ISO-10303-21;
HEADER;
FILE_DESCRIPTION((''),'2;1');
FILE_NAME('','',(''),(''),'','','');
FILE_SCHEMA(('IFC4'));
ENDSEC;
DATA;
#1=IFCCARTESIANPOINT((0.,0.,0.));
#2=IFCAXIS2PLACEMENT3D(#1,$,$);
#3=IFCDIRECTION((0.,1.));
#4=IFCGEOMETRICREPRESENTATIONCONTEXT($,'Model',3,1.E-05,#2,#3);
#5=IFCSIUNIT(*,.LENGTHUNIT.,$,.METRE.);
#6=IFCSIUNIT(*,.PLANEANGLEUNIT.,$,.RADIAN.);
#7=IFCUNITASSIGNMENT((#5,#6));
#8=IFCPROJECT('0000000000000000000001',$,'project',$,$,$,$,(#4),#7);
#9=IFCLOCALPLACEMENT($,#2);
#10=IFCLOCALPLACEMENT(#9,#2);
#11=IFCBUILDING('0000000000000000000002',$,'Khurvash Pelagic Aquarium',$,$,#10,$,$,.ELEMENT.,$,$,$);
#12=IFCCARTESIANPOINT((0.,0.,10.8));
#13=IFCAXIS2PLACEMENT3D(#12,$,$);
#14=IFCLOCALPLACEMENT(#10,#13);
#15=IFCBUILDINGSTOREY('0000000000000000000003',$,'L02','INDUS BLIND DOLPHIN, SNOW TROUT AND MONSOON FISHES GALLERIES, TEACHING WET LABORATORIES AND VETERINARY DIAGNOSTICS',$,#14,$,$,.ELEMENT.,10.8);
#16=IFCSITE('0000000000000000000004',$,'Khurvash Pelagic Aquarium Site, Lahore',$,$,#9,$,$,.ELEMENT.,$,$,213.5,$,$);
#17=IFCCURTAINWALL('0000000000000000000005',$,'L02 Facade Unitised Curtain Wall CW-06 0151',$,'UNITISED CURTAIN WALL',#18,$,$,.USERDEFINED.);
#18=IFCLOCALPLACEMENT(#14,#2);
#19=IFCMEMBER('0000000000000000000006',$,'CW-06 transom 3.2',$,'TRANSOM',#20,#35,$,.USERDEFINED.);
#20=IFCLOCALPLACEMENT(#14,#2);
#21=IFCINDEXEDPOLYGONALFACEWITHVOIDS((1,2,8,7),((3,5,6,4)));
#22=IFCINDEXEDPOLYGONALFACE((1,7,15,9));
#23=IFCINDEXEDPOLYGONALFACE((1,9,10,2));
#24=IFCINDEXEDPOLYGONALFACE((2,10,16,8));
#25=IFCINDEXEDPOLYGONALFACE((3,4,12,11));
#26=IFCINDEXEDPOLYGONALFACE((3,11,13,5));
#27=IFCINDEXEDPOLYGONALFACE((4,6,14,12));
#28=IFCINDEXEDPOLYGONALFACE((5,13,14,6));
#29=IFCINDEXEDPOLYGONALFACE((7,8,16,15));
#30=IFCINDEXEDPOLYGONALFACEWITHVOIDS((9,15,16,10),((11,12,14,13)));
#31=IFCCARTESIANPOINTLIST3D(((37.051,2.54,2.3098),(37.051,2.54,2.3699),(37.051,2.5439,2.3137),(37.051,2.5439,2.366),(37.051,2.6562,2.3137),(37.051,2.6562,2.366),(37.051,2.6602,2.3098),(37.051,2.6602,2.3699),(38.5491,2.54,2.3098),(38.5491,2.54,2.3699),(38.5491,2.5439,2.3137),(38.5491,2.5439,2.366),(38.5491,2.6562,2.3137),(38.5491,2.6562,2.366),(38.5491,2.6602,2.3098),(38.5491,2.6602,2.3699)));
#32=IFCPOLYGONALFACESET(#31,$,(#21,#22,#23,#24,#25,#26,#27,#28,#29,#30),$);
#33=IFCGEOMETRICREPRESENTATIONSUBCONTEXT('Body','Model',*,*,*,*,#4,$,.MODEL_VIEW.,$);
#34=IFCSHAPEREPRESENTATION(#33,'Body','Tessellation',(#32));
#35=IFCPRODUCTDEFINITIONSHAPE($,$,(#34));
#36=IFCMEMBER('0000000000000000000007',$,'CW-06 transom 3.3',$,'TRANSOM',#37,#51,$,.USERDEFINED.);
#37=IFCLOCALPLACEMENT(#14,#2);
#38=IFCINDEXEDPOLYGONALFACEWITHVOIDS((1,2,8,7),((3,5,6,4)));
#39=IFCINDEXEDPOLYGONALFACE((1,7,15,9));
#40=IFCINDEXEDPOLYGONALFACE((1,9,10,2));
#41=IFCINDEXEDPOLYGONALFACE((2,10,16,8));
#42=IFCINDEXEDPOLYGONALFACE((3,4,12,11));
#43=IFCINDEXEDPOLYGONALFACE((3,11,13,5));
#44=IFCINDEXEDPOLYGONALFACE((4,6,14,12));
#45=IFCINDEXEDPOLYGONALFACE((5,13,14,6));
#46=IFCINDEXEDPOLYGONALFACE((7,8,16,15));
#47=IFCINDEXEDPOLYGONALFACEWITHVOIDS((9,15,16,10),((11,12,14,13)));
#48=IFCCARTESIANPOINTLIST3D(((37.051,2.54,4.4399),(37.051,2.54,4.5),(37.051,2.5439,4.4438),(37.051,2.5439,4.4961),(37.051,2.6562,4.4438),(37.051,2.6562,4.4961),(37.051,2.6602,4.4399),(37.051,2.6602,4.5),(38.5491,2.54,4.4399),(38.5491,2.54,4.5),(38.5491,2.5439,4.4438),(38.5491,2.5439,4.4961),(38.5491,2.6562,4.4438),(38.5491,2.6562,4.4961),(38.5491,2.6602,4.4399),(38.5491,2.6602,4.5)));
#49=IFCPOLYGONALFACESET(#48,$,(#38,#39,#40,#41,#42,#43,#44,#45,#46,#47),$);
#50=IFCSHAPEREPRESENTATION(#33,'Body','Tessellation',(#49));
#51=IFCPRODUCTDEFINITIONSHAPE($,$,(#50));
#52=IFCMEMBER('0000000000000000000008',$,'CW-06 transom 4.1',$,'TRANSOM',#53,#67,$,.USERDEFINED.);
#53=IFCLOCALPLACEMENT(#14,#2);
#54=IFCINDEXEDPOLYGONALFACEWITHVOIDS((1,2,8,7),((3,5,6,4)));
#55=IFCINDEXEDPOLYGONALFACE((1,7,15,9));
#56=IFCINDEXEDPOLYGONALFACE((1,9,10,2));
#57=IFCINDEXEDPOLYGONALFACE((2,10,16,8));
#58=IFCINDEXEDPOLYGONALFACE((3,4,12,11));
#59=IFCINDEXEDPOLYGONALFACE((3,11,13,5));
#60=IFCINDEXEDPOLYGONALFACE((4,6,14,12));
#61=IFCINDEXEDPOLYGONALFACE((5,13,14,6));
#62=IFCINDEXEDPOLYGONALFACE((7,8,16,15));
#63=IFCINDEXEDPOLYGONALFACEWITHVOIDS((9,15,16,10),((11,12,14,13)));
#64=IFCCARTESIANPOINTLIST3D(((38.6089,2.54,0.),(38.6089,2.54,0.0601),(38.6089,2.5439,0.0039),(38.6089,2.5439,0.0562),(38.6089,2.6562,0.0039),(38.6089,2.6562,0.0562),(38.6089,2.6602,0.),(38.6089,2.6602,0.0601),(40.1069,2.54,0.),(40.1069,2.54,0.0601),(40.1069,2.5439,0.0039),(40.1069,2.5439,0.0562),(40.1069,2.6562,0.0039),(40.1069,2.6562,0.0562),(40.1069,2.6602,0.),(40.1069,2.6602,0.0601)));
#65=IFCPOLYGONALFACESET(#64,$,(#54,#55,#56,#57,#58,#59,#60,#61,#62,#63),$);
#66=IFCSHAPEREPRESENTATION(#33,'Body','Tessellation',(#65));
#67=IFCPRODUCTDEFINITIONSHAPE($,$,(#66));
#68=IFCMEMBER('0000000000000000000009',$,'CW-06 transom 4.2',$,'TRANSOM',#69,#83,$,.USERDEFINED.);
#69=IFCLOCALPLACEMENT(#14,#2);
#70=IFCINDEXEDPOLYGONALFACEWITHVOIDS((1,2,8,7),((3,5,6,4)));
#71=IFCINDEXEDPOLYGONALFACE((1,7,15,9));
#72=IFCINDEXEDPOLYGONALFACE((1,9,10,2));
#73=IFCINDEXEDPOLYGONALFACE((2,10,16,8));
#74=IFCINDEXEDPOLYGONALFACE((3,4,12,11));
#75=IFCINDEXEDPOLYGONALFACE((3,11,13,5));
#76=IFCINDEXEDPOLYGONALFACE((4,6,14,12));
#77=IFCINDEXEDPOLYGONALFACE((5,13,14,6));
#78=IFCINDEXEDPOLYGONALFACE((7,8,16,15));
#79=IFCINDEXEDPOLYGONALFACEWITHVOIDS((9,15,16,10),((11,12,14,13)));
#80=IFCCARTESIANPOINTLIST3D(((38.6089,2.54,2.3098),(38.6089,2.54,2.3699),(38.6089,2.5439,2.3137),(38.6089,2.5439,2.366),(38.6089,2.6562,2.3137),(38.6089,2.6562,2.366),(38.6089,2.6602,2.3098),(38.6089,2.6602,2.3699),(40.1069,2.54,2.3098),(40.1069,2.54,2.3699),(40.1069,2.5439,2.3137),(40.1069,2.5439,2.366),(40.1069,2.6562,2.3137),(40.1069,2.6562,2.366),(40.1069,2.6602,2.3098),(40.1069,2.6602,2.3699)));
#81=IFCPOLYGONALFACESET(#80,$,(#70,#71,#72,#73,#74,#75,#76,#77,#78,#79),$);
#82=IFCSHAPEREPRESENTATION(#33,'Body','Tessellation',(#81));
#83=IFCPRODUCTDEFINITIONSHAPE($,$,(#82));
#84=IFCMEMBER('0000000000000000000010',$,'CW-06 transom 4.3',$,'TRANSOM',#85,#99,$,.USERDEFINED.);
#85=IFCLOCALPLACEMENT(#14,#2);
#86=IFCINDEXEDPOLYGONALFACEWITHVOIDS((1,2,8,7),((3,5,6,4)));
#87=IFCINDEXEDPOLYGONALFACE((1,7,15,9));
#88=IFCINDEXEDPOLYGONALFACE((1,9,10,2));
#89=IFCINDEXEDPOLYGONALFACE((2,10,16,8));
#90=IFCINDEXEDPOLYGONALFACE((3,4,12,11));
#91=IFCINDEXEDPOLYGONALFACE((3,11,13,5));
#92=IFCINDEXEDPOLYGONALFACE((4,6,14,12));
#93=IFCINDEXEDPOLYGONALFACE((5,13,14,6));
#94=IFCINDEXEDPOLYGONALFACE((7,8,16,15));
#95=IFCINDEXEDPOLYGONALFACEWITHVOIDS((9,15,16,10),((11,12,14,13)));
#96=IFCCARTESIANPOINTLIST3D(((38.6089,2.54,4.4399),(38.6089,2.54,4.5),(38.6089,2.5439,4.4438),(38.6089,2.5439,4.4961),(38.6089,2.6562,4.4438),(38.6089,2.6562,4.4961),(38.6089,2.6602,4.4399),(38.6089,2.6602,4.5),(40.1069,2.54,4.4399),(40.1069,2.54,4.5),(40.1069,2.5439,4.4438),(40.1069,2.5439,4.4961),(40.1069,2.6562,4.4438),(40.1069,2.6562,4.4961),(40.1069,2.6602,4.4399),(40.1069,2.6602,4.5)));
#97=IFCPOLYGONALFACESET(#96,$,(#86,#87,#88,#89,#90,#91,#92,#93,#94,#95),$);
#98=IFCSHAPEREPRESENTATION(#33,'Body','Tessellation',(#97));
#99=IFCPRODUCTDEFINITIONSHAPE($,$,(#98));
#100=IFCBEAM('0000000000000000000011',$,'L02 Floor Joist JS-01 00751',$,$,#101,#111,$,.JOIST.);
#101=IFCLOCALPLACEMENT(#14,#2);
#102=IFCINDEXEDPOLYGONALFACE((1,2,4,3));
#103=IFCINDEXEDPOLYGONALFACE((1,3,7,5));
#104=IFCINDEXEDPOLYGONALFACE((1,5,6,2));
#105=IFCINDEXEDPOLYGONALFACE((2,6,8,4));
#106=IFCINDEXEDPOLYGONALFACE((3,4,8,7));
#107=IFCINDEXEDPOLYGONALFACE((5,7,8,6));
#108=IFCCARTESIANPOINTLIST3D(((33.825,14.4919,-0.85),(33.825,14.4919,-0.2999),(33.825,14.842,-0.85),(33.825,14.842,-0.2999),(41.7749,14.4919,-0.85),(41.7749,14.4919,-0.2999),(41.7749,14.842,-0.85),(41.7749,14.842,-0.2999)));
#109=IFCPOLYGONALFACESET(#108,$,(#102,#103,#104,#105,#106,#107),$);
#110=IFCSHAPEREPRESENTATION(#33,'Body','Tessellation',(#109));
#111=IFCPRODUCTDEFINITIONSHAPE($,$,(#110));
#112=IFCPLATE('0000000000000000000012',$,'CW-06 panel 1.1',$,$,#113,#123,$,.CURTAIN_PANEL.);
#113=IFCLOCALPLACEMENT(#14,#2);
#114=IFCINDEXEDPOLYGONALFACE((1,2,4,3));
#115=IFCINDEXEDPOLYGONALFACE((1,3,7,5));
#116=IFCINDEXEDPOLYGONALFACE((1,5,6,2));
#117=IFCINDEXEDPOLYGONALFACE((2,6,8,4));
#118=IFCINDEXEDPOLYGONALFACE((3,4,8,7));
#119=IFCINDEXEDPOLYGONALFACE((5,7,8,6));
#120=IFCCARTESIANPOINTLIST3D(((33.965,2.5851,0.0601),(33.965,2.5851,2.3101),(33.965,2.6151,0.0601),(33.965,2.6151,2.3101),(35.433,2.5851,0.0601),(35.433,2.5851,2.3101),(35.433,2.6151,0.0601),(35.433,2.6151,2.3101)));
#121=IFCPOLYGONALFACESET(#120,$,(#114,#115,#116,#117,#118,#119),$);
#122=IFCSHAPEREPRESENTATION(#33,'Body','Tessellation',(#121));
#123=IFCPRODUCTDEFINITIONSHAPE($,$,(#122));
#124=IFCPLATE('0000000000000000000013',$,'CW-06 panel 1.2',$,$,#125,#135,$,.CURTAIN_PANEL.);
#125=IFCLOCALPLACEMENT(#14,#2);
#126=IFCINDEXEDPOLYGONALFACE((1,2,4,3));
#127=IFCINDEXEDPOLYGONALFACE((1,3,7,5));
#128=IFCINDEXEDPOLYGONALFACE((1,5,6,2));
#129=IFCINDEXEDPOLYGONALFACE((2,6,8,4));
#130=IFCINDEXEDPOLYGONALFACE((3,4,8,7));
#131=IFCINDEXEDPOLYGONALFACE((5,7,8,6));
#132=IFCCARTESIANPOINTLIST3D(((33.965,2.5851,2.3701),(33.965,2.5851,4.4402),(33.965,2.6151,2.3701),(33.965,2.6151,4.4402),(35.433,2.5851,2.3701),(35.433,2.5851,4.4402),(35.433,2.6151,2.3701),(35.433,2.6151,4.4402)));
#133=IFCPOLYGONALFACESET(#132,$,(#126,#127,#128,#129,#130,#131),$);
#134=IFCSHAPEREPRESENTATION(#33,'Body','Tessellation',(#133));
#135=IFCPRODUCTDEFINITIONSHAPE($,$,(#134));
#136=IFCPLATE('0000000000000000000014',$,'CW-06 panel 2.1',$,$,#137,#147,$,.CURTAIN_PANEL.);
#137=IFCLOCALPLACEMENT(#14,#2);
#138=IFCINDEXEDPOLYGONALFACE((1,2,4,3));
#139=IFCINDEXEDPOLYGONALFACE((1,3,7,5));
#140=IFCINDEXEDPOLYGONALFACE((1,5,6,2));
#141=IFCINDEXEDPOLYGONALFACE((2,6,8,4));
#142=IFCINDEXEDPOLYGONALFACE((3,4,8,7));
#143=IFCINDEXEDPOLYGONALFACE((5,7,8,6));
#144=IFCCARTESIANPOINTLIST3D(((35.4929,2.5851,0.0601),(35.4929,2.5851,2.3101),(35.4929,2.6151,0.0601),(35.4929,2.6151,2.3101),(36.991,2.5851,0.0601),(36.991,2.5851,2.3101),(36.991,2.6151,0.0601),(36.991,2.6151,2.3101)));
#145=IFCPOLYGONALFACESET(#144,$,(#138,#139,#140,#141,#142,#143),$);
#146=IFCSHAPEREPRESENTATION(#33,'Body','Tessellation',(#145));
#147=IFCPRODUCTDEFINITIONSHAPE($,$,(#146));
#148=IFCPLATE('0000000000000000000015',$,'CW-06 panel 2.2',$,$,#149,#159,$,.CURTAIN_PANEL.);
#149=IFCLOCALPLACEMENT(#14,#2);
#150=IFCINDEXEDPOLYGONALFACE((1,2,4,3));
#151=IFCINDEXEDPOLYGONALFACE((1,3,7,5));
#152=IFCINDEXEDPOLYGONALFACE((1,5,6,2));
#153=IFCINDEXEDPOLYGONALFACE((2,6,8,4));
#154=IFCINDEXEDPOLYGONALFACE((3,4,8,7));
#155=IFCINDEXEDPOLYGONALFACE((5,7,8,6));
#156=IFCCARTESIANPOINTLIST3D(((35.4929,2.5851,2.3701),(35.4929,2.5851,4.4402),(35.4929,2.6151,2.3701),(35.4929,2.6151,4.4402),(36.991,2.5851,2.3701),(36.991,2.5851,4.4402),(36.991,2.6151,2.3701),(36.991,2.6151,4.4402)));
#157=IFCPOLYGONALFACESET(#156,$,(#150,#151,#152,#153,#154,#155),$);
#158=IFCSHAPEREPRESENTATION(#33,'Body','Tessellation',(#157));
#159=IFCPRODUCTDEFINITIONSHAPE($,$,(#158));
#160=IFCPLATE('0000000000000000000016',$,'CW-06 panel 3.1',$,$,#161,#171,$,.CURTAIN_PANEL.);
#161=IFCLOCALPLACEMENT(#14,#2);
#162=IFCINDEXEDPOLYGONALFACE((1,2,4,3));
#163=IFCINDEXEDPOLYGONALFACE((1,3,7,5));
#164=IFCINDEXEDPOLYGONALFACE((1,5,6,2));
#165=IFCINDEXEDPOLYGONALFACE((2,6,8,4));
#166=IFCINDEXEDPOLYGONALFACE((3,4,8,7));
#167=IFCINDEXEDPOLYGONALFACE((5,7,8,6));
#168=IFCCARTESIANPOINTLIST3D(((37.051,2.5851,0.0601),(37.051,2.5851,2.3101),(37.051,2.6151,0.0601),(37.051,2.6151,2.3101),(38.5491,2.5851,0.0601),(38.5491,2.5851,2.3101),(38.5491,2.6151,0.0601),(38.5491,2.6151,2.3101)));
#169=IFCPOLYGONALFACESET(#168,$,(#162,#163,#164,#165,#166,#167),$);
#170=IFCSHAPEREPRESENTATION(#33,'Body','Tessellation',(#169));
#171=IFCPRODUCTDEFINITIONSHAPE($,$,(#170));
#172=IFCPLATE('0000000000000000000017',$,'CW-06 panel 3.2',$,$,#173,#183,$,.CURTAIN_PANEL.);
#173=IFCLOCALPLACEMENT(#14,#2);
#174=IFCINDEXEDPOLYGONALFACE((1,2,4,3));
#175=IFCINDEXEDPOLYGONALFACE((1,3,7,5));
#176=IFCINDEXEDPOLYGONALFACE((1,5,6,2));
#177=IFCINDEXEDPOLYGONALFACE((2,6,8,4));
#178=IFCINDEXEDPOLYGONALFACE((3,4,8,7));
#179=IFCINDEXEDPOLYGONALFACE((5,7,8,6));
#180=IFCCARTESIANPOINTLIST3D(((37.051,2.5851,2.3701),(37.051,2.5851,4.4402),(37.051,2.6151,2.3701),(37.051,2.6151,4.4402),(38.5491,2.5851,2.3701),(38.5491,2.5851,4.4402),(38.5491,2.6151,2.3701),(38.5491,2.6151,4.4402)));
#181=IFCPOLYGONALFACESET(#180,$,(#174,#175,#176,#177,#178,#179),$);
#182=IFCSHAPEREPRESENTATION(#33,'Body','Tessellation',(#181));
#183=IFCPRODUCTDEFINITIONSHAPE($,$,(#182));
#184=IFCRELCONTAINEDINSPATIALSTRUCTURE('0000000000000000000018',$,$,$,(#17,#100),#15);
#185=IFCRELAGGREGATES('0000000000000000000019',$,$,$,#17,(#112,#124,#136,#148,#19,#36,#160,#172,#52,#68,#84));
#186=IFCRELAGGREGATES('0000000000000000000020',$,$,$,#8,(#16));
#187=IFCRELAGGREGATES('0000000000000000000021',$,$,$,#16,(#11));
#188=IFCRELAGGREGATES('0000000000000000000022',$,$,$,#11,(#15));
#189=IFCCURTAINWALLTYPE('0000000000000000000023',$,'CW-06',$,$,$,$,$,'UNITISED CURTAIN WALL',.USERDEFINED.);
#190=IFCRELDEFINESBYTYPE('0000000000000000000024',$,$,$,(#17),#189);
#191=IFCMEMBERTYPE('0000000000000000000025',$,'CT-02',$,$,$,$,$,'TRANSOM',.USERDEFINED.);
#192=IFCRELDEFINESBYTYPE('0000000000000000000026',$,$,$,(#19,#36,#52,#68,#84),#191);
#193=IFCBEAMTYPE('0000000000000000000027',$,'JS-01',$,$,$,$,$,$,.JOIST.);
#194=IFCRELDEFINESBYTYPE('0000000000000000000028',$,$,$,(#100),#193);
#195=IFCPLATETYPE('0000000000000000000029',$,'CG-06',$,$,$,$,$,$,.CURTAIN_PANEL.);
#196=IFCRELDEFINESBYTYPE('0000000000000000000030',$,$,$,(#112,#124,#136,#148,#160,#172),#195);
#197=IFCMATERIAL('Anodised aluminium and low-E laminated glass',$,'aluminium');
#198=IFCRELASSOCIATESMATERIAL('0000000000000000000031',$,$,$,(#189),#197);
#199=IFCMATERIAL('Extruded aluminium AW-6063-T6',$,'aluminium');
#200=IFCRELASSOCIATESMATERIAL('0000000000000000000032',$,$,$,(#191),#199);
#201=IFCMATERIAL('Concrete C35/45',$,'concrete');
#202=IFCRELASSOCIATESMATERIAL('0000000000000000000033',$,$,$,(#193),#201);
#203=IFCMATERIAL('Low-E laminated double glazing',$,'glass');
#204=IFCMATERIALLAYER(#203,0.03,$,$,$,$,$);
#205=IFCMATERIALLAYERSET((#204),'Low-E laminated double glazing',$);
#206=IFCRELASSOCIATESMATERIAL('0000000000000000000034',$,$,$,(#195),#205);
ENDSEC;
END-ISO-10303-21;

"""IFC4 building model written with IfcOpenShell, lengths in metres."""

from ifc_helpers import new_model, si_unit, direction, frame, origin, origin_2d, place, context, subcontext, project, spatial, rectangle, hollow_rectangle, extrude, material, layer, layer_set, material_profile, profile_set, type_object, element, aggregate, save


model = new_model("IFC4")

# Units and contexts
model_context = context("Model", 3, precision=1e-05, world=origin(), true_north=direction((0.0, 1.0)))
body_context = subcontext(model_context, "Body", "Model", "MODEL_VIEW")
ifc_project = project(units=[si_unit("LENGTHUNIT", "METRE"), si_unit("PLANEANGLEUNIT", "RADIAN")], contexts=[model_context])

# Site, building, storey
site_placement = place(None, origin())
site = spatial("IfcSite", under=ifc_project, at=site_placement, Name="Khurvash Pelagic Aquarium Site, Lahore", CompositionType="ELEMENT", RefElevation=213.5)
building_placement = place(site_placement, origin())
building = spatial("IfcBuilding", under=site, at=building_placement, Name="Khurvash Pelagic Aquarium", CompositionType="ELEMENT")
storey_placement = place(building_placement, frame((0.0, 0.0, 10.8)))
storey = spatial("IfcBuildingStorey", under=building, at=storey_placement, Name="L02", Description="INDUS BLIND DOLPHIN, SNOW TROUT AND MONSOON FISHES GALLERIES, TEACHING WET LABORATORIES AND VETERINARY DIAGNOSTICS", CompositionType="ELEMENT", Elevation=10.8)

# Curtain wall, members
ifc_material_1 = material(Name="Anodised aluminium and low-E laminated glass", Category="aluminium")
curtain_wall_type = type_object("IfcCurtainWallType", Name="CW-06", ElementType="UNITISED CURTAIN WALL", PredefinedType="USERDEFINED", material=ifc_material_1)
curtain_wall_placement = place(storey_placement, origin())
curtain_wall = element("IfcCurtainWall", 1, at=curtain_wall_placement, inside=storey, type_object=curtain_wall_type, Name="L02 Facade Unitised Curtain Wall CW-06 0151", ObjectType="UNITISED CURTAIN WALL", PredefinedType="USERDEFINED")
ifc_material_2 = material(Name="Extruded aluminium AW-6063-T6", Category="aluminium")
ifc_material_profile_1 = material_profile(ifc_material_2, hollow_rectangle(XDim=0.1201, YDim=0.0601, WallThickness=0.0039, at=origin_2d()), Name="CWT120X60X4")
ifc_profile_set_1 = profile_set([ifc_material_profile_1], Name="Extruded aluminium AW-6063-T6")
member_type_1 = type_object("IfcMemberType", Name="CT-02", ElementType="TRANSOM", PredefinedType="USERDEFINED", material=ifc_profile_set_1)
member_1_placement = place(storey_placement, frame((37.051, 2.6001, 2.3398), z_axis=(1.0, 0.0, 0.0), x_axis=(0.0, 1.0, 0.0)))
member_1 = element("IfcMember", 2, at=member_1_placement, type_object=member_type_1, Name="CW-06 transom 3.2", ObjectType="TRANSOM", PredefinedType="USERDEFINED", context=body_context, shape_type="SweptSolid", body=[
    extrude(hollow_rectangle(XDim=0.1201, YDim=0.0601, WallThickness=0.0039, at=origin_2d()), origin(), (0.0, 0.0, 1.0), 1.498),
])
member_2_placement = place(storey_placement, frame((37.051, 2.6001, 4.47), z_axis=(1.0, 0.0, 0.0), x_axis=(0.0, 1.0, 0.0)))
member_2 = element("IfcMember", 3, at=member_2_placement, type_object=member_type_1, Name="CW-06 transom 3.3", ObjectType="TRANSOM", PredefinedType="USERDEFINED", context=body_context, shape_type="SweptSolid", body=[
    extrude(hollow_rectangle(XDim=0.1201, YDim=0.0601, WallThickness=0.0039, at=origin_2d()), origin(), (0.0, 0.0, 1.0), 1.498),
])
member_3_placement = place(storey_placement, frame((38.6089, 2.6001, 0.03), z_axis=(1.0, 0.0, 0.0), x_axis=(0.0, 1.0, 0.0)))
member_3 = element("IfcMember", 4, at=member_3_placement, type_object=member_type_1, Name="CW-06 transom 4.1", ObjectType="TRANSOM", PredefinedType="USERDEFINED", context=body_context, shape_type="SweptSolid", body=[
    extrude(hollow_rectangle(XDim=0.1201, YDim=0.0601, WallThickness=0.0039, at=origin_2d()), origin(), (0.0, 0.0, 1.0), 1.498),
])
member_4_placement = place(storey_placement, frame((38.6089, 2.6001, 2.3398), z_axis=(1.0, 0.0, 0.0), x_axis=(0.0, 1.0, 0.0)))
member_4 = element("IfcMember", 5, at=member_4_placement, type_object=member_type_1, Name="CW-06 transom 4.2", ObjectType="TRANSOM", PredefinedType="USERDEFINED", context=body_context, shape_type="SweptSolid", body=[
    extrude(hollow_rectangle(XDim=0.1201, YDim=0.0601, WallThickness=0.0039, at=origin_2d()), origin(), (0.0, 0.0, 1.0), 1.498),
])
member_5_placement = place(storey_placement, frame((38.6089, 2.6001, 4.47), z_axis=(1.0, 0.0, 0.0), x_axis=(0.0, 1.0, 0.0)))
member_5 = element("IfcMember", 6, at=member_5_placement, type_object=member_type_1, Name="CW-06 transom 4.3", ObjectType="TRANSOM", PredefinedType="USERDEFINED", context=body_context, shape_type="SweptSolid", body=[
    extrude(hollow_rectangle(XDim=0.1201, YDim=0.0601, WallThickness=0.0039, at=origin_2d()), origin(), (0.0, 0.0, 1.0), 1.498),
])

# Beam
ifc_material_3 = material(Name="Concrete C35/45", Category="concrete")
ifc_material_profile_2 = material_profile(ifc_material_3, rectangle(XDim=0.3501, YDim=0.55, at=origin_2d()), Name="RC350X550")
ifc_profile_set_2 = profile_set([ifc_material_profile_2], Name="Concrete C35/45")
beam_type = type_object("IfcBeamType", Name="JS-01", PredefinedType="JOIST", material=ifc_profile_set_2)
beam_placement = place(storey_placement, frame((33.825, 14.667, -0.575), z_axis=(1.0, 0.0, 0.0), x_axis=(0.0, 1.0, 0.0)))
element("IfcBeam", 7, at=beam_placement, inside=storey, type_object=beam_type, Name="L02 Floor Joist JS-01 00751", PredefinedType="JOIST", context=body_context, shape_type="SweptSolid", body=[
    extrude(rectangle(XDim=0.3501, YDim=0.55, at=origin_2d()), origin(), (0.0, 0.0, 1.0), 7.95),
])

# Plates
ifc_material_4 = material(Name="Low-E laminated double glazing", Category="glass")
ifc_layer_1 = layer(ifc_material_4, 0.03)
ifc_layer_set_1 = layer_set([ifc_layer_1], Name="Low-E laminated double glazing")
plate_type = type_object("IfcPlateType", Name="CG-06", PredefinedType="CURTAIN_PANEL", material=ifc_layer_set_1)
plate_1_placement = place(storey_placement, frame((34.699, 2.6001, 0.0601), z_axis=(0.0, 0.0, 1.0), x_axis=(1.0, 0.0, 0.0)))
plate_1 = element("IfcPlate", 8, at=plate_1_placement, type_object=plate_type, Name="CW-06 panel 1.1", PredefinedType="CURTAIN_PANEL", context=body_context, shape_type="SweptSolid", body=[
    extrude(rectangle(XDim=1.468, YDim=0.03, at=origin_2d()), origin(), (0.0, 0.0, 1.0), 2.25),
])
plate_2_placement = place(storey_placement, frame((34.699, 2.6001, 2.3701), z_axis=(0.0, 0.0, 1.0), x_axis=(1.0, 0.0, 0.0)))
plate_2 = element("IfcPlate", 9, at=plate_2_placement, type_object=plate_type, Name="CW-06 panel 1.2", PredefinedType="CURTAIN_PANEL", context=body_context, shape_type="SweptSolid", body=[
    extrude(rectangle(XDim=1.468, YDim=0.03, at=origin_2d()), origin(), (0.0, 0.0, 1.0), 2.0701),
])
plate_3_placement = place(storey_placement, frame((36.2419, 2.6001, 0.0601), z_axis=(0.0, 0.0, 1.0), x_axis=(1.0, 0.0, 0.0)))
plate_3 = element("IfcPlate", 10, at=plate_3_placement, type_object=plate_type, Name="CW-06 panel 2.1", PredefinedType="CURTAIN_PANEL", context=body_context, shape_type="SweptSolid", body=[
    extrude(rectangle(XDim=1.498, YDim=0.03, at=origin_2d()), origin(), (0.0, 0.0, 1.0), 2.25),
])
plate_4_placement = place(storey_placement, frame((36.2419, 2.6001, 2.3701), z_axis=(0.0, 0.0, 1.0), x_axis=(1.0, 0.0, 0.0)))
plate_4 = element("IfcPlate", 11, at=plate_4_placement, type_object=plate_type, Name="CW-06 panel 2.2", PredefinedType="CURTAIN_PANEL", context=body_context, shape_type="SweptSolid", body=[
    extrude(rectangle(XDim=1.498, YDim=0.03, at=origin_2d()), origin(), (0.0, 0.0, 1.0), 2.0701),
])
plate_5_placement = place(storey_placement, frame((37.8, 2.6001, 0.0601), z_axis=(0.0, 0.0, 1.0), x_axis=(1.0, 0.0, 0.0)))
plate_5 = element("IfcPlate", 12, at=plate_5_placement, type_object=plate_type, Name="CW-06 panel 3.1", PredefinedType="CURTAIN_PANEL", context=body_context, shape_type="SweptSolid", body=[
    extrude(rectangle(XDim=1.498, YDim=0.03, at=origin_2d()), origin(), (0.0, 0.0, 1.0), 2.25),
])
plate_6_placement = place(storey_placement, frame((37.8, 2.6001, 2.3701), z_axis=(0.0, 0.0, 1.0), x_axis=(1.0, 0.0, 0.0)))
plate_6 = element("IfcPlate", 13, at=plate_6_placement, type_object=plate_type, Name="CW-06 panel 3.2", PredefinedType="CURTAIN_PANEL", context=body_context, shape_type="SweptSolid", body=[
    extrude(rectangle(XDim=1.498, YDim=0.03, at=origin_2d()), origin(), (0.0, 0.0, 1.0), 2.0701),
])
aggregate(curtain_wall, [plate_1, plate_2, plate_3, plate_4, member_1, member_2, plate_5, plate_6, member_3, member_4, member_5])

save(model, "model.ifc")
